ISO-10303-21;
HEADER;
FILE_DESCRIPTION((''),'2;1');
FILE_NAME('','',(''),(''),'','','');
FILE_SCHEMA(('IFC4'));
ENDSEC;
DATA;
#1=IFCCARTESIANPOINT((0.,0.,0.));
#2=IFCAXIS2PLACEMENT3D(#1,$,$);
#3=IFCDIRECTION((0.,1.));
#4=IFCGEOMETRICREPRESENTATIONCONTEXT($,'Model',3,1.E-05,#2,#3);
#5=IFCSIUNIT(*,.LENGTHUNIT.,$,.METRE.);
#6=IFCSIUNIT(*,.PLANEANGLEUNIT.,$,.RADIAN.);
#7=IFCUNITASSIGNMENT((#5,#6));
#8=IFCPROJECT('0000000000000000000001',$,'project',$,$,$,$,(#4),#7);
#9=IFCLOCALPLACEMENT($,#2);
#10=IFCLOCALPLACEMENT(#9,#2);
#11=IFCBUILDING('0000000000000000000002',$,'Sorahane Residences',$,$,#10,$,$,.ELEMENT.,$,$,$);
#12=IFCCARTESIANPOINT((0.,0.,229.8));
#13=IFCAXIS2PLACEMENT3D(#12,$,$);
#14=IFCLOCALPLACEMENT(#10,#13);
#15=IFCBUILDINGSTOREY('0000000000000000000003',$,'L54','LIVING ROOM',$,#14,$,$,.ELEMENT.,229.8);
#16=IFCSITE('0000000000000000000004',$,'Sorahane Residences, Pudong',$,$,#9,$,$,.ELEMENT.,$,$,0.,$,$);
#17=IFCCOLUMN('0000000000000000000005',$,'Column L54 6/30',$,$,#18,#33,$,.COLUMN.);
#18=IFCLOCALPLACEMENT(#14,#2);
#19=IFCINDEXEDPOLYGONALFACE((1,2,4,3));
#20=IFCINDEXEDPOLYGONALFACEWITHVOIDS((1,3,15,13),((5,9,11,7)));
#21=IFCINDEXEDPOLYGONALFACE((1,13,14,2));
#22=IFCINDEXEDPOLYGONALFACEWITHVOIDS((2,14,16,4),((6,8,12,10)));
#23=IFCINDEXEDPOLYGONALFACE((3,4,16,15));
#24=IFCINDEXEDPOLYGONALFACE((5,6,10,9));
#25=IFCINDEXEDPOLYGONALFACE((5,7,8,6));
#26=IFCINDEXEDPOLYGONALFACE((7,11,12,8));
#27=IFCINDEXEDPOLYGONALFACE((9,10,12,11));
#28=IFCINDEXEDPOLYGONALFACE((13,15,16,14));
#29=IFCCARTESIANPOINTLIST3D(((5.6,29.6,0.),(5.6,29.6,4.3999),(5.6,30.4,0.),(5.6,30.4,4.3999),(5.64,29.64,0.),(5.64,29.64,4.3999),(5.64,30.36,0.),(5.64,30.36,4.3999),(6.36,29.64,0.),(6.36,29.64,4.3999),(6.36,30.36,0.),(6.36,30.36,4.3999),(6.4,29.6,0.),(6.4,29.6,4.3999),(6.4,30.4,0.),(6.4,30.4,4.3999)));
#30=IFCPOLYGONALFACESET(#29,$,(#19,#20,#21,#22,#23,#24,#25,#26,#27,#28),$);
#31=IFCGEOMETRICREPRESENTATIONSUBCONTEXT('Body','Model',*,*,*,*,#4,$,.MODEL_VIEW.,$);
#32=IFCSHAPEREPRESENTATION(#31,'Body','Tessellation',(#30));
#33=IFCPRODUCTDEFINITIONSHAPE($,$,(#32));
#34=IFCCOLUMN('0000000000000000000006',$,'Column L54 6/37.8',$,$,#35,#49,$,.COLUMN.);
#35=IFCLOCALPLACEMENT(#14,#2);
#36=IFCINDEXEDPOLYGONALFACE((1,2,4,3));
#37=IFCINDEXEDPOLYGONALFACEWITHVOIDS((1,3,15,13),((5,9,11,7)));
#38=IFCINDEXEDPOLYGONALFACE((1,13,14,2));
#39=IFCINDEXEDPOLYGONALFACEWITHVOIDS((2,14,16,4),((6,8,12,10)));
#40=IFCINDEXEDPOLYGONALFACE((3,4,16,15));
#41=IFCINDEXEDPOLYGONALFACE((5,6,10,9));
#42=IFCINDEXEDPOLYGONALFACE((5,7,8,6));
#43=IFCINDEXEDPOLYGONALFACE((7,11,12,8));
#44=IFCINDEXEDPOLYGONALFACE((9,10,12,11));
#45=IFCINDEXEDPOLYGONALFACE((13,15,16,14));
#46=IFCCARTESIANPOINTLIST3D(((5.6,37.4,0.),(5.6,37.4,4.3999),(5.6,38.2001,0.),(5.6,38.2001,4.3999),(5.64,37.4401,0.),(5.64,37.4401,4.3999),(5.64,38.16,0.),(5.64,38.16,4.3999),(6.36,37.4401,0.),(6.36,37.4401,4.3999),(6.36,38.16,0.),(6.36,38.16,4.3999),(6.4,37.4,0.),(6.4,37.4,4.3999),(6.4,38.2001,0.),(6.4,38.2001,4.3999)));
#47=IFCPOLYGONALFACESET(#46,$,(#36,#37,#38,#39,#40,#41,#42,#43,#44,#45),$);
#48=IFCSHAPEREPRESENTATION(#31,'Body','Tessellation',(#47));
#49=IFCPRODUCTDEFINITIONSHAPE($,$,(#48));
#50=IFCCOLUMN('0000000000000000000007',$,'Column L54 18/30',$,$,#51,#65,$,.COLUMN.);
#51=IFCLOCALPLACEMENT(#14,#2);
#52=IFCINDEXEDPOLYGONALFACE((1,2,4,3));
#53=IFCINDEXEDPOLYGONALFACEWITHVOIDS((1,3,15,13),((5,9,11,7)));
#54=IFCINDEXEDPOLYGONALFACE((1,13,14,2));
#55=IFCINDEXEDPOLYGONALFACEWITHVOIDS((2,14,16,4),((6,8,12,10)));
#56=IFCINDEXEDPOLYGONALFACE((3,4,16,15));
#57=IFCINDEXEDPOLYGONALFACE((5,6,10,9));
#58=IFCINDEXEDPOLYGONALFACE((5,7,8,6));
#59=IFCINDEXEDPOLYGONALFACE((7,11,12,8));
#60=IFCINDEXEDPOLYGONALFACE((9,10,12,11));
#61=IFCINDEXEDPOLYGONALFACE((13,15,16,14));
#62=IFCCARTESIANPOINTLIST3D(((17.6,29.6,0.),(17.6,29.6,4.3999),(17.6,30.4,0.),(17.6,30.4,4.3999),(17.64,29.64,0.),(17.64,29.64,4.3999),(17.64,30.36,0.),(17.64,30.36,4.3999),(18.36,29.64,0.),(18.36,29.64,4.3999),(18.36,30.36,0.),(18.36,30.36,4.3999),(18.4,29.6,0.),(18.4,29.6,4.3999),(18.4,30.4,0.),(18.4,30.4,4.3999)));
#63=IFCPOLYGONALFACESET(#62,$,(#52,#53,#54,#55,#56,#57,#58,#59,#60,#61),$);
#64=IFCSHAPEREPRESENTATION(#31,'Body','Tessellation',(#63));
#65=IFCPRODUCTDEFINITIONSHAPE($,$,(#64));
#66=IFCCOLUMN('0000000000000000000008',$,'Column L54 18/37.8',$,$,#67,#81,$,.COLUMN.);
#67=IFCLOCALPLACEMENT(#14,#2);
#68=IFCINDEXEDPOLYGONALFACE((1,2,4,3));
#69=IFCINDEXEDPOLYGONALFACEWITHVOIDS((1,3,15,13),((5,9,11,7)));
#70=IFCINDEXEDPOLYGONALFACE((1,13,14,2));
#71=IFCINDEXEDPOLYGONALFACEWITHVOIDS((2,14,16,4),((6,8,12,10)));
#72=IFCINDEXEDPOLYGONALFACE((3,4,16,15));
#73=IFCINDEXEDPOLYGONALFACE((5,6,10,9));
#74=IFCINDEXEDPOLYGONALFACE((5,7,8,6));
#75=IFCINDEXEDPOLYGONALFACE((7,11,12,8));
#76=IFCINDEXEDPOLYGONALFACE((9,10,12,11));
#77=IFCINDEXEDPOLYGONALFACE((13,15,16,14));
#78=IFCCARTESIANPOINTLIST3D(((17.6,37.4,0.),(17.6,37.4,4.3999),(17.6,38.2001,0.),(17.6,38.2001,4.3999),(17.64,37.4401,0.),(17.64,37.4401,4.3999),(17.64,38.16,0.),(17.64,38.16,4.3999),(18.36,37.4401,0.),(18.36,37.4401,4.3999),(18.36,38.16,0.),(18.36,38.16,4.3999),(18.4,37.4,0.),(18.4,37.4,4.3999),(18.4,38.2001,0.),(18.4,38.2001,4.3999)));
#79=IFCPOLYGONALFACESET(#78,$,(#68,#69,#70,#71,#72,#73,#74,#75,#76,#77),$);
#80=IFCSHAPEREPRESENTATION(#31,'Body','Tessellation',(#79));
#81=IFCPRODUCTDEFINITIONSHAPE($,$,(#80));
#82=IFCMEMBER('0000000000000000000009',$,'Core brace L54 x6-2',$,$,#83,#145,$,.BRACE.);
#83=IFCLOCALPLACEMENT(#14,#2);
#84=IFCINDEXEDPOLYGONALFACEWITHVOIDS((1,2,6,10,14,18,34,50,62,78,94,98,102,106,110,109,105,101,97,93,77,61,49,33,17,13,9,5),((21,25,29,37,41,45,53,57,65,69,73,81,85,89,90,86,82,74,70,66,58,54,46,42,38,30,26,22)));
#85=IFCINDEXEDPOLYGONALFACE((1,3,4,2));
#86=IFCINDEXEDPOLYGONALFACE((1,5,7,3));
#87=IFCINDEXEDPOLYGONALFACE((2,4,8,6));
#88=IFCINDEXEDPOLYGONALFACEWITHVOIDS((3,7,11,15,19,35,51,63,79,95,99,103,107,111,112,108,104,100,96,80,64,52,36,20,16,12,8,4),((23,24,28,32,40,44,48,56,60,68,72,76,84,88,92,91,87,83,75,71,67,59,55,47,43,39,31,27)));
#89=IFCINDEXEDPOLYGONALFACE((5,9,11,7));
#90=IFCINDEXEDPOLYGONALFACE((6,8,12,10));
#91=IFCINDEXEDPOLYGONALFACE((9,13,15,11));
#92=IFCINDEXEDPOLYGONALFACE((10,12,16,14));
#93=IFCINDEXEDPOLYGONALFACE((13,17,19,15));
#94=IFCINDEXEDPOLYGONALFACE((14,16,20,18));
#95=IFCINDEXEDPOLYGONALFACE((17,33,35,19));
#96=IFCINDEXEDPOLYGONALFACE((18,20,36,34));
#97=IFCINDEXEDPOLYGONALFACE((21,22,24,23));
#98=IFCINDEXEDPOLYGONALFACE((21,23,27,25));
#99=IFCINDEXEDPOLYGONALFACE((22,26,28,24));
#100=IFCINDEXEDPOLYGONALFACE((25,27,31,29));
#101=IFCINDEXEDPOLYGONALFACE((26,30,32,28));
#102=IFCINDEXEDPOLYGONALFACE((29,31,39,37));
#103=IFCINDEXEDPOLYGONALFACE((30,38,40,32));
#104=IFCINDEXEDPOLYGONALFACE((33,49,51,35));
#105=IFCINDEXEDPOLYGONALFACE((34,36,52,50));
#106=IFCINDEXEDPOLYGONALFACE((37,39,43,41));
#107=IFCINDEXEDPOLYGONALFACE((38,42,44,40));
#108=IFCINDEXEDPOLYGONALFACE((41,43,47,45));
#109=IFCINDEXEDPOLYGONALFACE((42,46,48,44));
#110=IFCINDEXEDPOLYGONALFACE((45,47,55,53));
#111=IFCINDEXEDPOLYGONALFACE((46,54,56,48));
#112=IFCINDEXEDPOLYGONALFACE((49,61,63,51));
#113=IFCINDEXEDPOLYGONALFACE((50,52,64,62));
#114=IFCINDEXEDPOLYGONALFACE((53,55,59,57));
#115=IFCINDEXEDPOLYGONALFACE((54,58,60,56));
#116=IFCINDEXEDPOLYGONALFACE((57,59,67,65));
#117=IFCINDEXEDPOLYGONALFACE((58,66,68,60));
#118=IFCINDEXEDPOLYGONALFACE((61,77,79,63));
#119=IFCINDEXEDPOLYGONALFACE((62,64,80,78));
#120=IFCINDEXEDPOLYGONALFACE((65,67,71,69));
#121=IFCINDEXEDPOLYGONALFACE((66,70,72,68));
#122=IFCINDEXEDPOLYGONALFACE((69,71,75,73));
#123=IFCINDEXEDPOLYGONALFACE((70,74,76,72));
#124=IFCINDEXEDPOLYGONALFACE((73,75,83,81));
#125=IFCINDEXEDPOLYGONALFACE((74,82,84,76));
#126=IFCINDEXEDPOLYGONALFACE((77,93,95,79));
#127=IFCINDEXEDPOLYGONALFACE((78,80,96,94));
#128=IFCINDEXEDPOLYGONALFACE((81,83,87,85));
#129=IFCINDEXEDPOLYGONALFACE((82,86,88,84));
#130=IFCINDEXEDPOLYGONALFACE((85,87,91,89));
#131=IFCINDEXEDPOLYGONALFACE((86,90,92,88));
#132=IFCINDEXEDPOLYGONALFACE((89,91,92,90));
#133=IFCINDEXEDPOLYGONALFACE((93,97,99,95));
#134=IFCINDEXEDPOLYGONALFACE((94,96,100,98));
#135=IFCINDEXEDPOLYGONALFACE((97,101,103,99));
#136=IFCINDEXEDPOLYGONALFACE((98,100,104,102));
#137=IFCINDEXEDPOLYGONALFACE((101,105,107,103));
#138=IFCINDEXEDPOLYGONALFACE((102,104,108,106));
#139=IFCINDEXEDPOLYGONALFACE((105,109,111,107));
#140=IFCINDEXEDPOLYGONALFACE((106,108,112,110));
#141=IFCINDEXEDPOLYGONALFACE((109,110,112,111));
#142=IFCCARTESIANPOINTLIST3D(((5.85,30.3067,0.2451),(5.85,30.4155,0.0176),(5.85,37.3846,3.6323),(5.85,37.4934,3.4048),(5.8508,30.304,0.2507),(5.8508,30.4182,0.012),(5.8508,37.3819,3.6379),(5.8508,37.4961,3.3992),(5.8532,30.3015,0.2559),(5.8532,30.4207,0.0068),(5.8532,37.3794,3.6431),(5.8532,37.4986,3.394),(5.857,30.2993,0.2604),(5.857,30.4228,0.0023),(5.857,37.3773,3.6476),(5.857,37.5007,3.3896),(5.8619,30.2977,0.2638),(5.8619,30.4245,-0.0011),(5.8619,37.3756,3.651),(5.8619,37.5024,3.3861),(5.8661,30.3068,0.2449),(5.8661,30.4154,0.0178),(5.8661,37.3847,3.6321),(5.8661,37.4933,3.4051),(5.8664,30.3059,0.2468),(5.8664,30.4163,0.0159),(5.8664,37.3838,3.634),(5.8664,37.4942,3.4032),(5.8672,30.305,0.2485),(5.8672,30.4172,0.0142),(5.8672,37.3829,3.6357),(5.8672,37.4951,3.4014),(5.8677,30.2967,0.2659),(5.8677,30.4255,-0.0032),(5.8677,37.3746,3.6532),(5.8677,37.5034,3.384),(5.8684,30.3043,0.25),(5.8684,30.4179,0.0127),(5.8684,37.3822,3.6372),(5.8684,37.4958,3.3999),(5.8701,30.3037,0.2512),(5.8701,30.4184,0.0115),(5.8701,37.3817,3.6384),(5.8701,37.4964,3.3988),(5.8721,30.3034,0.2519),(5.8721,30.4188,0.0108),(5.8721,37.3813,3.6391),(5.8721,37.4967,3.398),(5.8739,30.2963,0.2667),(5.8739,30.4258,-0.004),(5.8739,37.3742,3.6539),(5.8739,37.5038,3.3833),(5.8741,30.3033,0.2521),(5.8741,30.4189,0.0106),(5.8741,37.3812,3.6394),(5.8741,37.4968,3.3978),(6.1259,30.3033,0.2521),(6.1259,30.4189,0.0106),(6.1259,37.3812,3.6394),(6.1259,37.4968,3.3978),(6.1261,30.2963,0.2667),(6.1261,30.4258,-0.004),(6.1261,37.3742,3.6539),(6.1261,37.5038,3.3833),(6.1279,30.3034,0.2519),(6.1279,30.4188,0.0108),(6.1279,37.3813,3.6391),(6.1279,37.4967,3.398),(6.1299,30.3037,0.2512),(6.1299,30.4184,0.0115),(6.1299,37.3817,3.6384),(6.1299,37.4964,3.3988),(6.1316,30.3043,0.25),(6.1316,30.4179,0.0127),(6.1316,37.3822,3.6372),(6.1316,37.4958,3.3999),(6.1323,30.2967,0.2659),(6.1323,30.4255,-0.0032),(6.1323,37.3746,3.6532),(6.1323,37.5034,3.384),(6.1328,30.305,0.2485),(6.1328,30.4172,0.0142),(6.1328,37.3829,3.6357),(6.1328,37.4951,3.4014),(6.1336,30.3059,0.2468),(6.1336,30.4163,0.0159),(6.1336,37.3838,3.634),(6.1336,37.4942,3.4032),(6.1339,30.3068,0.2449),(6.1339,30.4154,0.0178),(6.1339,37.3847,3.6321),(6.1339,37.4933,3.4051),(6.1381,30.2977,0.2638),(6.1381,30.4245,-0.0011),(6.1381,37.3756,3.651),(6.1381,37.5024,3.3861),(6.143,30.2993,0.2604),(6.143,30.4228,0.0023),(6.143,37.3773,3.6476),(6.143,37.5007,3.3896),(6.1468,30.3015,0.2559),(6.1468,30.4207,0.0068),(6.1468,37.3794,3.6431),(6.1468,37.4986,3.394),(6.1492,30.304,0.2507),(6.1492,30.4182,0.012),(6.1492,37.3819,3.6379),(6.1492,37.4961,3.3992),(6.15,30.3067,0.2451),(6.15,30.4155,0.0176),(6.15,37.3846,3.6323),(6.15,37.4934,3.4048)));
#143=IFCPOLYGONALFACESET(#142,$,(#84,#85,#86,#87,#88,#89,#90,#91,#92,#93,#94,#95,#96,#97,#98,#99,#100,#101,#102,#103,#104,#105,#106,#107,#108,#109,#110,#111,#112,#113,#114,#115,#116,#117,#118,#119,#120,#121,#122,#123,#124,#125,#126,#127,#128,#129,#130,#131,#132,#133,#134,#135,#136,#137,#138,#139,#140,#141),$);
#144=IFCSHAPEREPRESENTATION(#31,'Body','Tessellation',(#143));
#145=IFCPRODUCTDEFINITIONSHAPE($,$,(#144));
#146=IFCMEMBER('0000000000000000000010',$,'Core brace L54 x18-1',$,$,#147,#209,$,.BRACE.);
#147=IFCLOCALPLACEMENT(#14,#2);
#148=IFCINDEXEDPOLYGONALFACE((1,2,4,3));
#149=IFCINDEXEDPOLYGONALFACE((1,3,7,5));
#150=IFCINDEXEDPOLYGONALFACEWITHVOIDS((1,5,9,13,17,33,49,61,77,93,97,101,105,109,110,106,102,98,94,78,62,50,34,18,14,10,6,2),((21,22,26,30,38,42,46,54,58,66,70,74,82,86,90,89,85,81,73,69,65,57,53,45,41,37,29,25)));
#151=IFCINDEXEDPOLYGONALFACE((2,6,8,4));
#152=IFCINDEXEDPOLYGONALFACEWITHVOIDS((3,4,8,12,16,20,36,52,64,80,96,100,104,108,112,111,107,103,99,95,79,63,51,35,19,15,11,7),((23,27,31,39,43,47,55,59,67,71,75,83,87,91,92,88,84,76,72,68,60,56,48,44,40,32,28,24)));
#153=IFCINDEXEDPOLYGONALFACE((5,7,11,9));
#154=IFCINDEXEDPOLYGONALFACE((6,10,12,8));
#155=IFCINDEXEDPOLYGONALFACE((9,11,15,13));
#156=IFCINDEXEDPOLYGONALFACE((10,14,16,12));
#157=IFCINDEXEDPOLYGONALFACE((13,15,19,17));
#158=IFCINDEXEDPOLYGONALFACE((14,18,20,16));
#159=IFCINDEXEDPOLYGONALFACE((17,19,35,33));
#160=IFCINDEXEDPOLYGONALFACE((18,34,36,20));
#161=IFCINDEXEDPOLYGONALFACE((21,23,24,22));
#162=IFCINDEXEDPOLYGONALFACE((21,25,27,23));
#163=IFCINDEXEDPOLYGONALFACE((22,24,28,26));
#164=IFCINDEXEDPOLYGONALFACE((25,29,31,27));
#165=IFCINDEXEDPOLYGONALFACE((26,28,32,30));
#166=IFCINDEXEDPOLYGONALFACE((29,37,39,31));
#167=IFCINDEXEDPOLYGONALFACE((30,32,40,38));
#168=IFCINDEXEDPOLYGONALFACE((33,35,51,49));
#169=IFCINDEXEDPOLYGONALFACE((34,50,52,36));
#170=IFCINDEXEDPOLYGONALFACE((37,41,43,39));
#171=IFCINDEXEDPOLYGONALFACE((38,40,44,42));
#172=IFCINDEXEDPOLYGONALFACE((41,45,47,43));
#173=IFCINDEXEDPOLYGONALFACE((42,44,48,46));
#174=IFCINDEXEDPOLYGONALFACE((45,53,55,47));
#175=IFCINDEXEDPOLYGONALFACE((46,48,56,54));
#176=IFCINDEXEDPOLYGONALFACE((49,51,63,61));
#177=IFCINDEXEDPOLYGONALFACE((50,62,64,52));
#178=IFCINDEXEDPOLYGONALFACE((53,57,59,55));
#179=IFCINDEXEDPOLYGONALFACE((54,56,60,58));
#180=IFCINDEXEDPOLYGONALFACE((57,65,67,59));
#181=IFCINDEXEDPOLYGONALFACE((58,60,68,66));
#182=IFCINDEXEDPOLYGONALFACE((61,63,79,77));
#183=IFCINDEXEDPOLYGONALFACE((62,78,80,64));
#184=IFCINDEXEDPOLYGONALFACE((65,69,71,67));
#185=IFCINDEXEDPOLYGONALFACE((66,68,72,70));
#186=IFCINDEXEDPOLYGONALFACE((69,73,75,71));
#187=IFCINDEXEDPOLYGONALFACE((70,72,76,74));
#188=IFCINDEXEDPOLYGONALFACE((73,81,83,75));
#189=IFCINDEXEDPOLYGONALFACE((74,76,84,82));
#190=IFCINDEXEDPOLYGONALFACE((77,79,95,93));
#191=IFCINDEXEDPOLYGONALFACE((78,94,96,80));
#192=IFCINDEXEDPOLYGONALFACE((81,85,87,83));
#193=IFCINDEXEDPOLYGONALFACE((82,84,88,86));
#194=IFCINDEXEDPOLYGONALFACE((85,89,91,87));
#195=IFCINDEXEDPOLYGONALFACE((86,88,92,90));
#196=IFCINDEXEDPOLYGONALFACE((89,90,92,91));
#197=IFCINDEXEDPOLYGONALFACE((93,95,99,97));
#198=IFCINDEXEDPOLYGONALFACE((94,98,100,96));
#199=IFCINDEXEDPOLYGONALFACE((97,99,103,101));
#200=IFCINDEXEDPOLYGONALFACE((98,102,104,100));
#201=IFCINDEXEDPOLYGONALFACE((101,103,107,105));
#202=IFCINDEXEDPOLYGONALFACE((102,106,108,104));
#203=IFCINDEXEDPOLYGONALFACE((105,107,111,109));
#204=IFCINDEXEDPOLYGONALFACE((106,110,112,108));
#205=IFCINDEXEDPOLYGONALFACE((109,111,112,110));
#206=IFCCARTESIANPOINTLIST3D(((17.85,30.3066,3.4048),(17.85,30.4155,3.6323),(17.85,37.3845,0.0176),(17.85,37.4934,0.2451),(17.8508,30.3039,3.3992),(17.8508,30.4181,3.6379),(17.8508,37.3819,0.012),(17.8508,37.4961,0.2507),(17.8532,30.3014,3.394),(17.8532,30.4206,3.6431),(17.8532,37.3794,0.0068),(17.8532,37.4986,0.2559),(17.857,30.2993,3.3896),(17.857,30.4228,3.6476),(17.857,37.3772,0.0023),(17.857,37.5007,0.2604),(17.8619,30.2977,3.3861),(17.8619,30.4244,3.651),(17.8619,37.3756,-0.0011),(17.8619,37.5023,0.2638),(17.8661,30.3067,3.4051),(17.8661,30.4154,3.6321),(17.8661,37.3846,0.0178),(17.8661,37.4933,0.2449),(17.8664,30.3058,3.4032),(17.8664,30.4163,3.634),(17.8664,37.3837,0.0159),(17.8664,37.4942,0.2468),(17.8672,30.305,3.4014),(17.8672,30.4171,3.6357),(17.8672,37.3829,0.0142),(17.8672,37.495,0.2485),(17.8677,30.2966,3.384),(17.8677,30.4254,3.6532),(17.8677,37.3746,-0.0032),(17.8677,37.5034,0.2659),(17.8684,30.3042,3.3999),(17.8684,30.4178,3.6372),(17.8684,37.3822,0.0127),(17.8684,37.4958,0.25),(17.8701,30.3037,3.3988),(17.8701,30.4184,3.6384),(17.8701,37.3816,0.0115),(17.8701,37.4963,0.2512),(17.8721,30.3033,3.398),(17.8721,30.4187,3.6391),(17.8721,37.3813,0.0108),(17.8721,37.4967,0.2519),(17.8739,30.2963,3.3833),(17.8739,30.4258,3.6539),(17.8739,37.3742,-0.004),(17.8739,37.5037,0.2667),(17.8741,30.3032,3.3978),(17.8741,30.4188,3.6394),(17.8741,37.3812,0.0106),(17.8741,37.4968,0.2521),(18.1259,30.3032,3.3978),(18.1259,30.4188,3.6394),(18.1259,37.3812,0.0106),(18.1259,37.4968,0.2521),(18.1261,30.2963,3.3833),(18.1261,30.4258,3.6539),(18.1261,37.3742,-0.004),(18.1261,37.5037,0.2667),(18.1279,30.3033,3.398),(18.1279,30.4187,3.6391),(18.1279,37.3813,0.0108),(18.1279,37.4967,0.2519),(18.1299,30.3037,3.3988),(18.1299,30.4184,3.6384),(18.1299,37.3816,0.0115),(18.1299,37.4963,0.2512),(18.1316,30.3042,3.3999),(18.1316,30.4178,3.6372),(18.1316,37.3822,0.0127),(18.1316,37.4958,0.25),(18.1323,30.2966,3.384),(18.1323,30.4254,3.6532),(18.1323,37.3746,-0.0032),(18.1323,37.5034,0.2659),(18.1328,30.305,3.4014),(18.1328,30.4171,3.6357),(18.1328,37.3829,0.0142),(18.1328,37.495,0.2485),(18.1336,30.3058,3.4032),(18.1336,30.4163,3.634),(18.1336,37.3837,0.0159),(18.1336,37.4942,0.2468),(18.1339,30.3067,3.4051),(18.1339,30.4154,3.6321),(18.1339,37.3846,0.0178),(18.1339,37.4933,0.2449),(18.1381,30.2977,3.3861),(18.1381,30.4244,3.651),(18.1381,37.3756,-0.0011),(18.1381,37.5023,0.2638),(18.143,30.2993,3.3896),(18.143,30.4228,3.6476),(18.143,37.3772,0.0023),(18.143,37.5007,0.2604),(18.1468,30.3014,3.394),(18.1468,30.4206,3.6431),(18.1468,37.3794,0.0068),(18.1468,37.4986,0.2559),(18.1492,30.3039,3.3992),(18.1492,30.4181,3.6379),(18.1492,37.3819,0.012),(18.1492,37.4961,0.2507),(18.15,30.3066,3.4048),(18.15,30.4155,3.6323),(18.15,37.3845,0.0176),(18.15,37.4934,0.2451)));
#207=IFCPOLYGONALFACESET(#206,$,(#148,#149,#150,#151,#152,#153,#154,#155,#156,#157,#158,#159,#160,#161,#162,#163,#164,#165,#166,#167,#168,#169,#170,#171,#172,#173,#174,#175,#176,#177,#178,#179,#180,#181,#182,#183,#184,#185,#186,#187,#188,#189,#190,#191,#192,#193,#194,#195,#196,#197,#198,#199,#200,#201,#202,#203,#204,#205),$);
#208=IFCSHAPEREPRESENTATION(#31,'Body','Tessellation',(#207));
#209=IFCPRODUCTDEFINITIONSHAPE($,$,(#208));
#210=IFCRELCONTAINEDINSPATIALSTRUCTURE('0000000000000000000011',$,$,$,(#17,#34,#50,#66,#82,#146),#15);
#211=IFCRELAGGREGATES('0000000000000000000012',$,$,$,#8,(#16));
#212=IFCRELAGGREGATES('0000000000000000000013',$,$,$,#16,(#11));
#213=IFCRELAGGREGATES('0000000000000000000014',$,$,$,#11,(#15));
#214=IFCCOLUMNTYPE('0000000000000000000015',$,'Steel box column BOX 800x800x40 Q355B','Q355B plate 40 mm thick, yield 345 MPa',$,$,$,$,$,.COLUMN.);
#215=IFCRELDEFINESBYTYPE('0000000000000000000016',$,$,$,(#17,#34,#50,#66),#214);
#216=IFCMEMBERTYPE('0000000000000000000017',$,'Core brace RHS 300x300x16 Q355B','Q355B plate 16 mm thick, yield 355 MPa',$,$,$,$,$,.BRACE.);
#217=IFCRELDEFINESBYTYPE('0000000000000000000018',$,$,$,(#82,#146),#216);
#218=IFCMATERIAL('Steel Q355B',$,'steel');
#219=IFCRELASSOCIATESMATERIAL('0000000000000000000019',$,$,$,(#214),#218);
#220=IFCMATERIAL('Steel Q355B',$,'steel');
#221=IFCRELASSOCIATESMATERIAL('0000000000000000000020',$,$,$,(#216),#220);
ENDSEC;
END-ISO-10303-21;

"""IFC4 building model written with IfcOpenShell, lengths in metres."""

from ifc_helpers import new_model, si_unit, direction, frame, origin, origin_2d, place, context, subcontext, project, spatial, hollow_rectangle, extrude, material, material_profile, profile_set, type_object, element, save


model = new_model("IFC4")

# Units and contexts
model_context = context("Model", 3, precision=1e-05, world=origin(), true_north=direction((0.0, 1.0)))
body_context = subcontext(model_context, "Body", "Model", "MODEL_VIEW")
ifc_project = project(units=[si_unit("LENGTHUNIT", "METRE"), si_unit("PLANEANGLEUNIT", "RADIAN")], contexts=[model_context])

# Site, building, storey
site_placement = place(None, origin())
site = spatial("IfcSite", under=ifc_project, at=site_placement, Name="Sorahane Residences, Pudong", CompositionType="ELEMENT", RefElevation=0.0)
building_placement = place(site_placement, origin())
building = spatial("IfcBuilding", under=site, at=building_placement, Name="Sorahane Residences", CompositionType="ELEMENT")
storey_placement = place(building_placement, frame((0.0, 0.0, 229.8)))
storey = spatial("IfcBuildingStorey", under=building, at=storey_placement, Name="L54", Description="LIVING ROOM", CompositionType="ELEMENT", Elevation=229.8)

# Columns
ifc_material_1 = material(Name="Steel Q355B", Category="steel")
ifc_material_profile_1 = material_profile(ifc_material_1, hollow_rectangle(XDim=0.8, YDim=0.8, WallThickness=0.04, at=origin_2d()), Name="BOX 800x800x40")
ifc_profile_set_1 = profile_set([ifc_material_profile_1], Name="Steel Q355B")
column_type = type_object("IfcColumnType", Name="Steel box column BOX 800x800x40 Q355B", Description="Q355B plate 40 mm thick, yield 345 MPa", PredefinedType="COLUMN", material=ifc_profile_set_1)
for number, where, z_axis, x_axis, name in (
    (1, (6.0, 30.0, 0.0), (0.0, 0.0, 1.0), (1.0, 0.0, 0.0), "Column L54 6/30"),
    (2, (6.0, 37.8, 0.0), (0.0, 0.0, 1.0), (1.0, 0.0, 0.0), "Column L54 6/37.8"),
    (3, (18.0, 30.0, 0.0), (0.0, 0.0, 1.0), (1.0, 0.0, 0.0), "Column L54 18/30"),
    (4, (18.0, 37.8, 0.0), (0.0, 0.0, 1.0), (1.0, 0.0, 0.0), "Column L54 18/37.8"),
):
    element("IfcColumn", number, at=place(storey_placement, frame(where, z_axis=z_axis, x_axis=x_axis)), inside=storey, type_object=column_type, Name=name, PredefinedType="COLUMN", context=body_context, shape_type="SweptSolid", body=[
        extrude(hollow_rectangle(XDim=0.8, YDim=0.8, WallThickness=0.04, at=origin_2d()), origin(), (0.0, 0.0, 1.0), 4.3999),
    ])

# Members
ifc_material_2 = material(Name="Steel Q355B", Category="steel")
ifc_material_profile_2 = material_profile(ifc_material_2, hollow_rectangle(XDim=0.3, YDim=0.3, WallThickness=0.0161, InnerFilletRadius=0.0081, OuterFilletRadius=0.0239, at=origin_2d()), Name="RHS 300x300x16")
ifc_profile_set_2 = profile_set([ifc_material_profile_2], Name="Steel Q355B")
member_type = type_object("IfcMemberType", Name="Core brace RHS 300x300x16 Q355B", Description="Q355B plate 16 mm thick, yield 355 MPa", PredefinedType="BRACE", material=ifc_profile_set_2)
for number, where, z_axis, x_axis, name in (
    (5, (6.0, 30.3611, 0.1313), (0.0, 0.902028, 0.431677), (-1.0, 0.0, 0.0), "Core brace L54 x6-2"),
    (6, (18.0, 37.439, 0.1313), (0.0, -0.902028, 0.431677), (1.0, 0.0, 0.0), "Core brace L54 x18-1"),
):
    element("IfcMember", number, at=place(storey_placement, frame(where, z_axis=z_axis, x_axis=x_axis)), inside=storey, type_object=member_type, Name=name, PredefinedType="BRACE", context=body_context, shape_type="SweptSolid", body=[
        extrude(hollow_rectangle(XDim=0.3, YDim=0.3, WallThickness=0.0161, InnerFilletRadius=0.0081, OuterFilletRadius=0.0239, at=origin_2d()), origin(), (0.0, 0.0, 1.0), 7.8467),
    ])

save(model, "model.ifc")
